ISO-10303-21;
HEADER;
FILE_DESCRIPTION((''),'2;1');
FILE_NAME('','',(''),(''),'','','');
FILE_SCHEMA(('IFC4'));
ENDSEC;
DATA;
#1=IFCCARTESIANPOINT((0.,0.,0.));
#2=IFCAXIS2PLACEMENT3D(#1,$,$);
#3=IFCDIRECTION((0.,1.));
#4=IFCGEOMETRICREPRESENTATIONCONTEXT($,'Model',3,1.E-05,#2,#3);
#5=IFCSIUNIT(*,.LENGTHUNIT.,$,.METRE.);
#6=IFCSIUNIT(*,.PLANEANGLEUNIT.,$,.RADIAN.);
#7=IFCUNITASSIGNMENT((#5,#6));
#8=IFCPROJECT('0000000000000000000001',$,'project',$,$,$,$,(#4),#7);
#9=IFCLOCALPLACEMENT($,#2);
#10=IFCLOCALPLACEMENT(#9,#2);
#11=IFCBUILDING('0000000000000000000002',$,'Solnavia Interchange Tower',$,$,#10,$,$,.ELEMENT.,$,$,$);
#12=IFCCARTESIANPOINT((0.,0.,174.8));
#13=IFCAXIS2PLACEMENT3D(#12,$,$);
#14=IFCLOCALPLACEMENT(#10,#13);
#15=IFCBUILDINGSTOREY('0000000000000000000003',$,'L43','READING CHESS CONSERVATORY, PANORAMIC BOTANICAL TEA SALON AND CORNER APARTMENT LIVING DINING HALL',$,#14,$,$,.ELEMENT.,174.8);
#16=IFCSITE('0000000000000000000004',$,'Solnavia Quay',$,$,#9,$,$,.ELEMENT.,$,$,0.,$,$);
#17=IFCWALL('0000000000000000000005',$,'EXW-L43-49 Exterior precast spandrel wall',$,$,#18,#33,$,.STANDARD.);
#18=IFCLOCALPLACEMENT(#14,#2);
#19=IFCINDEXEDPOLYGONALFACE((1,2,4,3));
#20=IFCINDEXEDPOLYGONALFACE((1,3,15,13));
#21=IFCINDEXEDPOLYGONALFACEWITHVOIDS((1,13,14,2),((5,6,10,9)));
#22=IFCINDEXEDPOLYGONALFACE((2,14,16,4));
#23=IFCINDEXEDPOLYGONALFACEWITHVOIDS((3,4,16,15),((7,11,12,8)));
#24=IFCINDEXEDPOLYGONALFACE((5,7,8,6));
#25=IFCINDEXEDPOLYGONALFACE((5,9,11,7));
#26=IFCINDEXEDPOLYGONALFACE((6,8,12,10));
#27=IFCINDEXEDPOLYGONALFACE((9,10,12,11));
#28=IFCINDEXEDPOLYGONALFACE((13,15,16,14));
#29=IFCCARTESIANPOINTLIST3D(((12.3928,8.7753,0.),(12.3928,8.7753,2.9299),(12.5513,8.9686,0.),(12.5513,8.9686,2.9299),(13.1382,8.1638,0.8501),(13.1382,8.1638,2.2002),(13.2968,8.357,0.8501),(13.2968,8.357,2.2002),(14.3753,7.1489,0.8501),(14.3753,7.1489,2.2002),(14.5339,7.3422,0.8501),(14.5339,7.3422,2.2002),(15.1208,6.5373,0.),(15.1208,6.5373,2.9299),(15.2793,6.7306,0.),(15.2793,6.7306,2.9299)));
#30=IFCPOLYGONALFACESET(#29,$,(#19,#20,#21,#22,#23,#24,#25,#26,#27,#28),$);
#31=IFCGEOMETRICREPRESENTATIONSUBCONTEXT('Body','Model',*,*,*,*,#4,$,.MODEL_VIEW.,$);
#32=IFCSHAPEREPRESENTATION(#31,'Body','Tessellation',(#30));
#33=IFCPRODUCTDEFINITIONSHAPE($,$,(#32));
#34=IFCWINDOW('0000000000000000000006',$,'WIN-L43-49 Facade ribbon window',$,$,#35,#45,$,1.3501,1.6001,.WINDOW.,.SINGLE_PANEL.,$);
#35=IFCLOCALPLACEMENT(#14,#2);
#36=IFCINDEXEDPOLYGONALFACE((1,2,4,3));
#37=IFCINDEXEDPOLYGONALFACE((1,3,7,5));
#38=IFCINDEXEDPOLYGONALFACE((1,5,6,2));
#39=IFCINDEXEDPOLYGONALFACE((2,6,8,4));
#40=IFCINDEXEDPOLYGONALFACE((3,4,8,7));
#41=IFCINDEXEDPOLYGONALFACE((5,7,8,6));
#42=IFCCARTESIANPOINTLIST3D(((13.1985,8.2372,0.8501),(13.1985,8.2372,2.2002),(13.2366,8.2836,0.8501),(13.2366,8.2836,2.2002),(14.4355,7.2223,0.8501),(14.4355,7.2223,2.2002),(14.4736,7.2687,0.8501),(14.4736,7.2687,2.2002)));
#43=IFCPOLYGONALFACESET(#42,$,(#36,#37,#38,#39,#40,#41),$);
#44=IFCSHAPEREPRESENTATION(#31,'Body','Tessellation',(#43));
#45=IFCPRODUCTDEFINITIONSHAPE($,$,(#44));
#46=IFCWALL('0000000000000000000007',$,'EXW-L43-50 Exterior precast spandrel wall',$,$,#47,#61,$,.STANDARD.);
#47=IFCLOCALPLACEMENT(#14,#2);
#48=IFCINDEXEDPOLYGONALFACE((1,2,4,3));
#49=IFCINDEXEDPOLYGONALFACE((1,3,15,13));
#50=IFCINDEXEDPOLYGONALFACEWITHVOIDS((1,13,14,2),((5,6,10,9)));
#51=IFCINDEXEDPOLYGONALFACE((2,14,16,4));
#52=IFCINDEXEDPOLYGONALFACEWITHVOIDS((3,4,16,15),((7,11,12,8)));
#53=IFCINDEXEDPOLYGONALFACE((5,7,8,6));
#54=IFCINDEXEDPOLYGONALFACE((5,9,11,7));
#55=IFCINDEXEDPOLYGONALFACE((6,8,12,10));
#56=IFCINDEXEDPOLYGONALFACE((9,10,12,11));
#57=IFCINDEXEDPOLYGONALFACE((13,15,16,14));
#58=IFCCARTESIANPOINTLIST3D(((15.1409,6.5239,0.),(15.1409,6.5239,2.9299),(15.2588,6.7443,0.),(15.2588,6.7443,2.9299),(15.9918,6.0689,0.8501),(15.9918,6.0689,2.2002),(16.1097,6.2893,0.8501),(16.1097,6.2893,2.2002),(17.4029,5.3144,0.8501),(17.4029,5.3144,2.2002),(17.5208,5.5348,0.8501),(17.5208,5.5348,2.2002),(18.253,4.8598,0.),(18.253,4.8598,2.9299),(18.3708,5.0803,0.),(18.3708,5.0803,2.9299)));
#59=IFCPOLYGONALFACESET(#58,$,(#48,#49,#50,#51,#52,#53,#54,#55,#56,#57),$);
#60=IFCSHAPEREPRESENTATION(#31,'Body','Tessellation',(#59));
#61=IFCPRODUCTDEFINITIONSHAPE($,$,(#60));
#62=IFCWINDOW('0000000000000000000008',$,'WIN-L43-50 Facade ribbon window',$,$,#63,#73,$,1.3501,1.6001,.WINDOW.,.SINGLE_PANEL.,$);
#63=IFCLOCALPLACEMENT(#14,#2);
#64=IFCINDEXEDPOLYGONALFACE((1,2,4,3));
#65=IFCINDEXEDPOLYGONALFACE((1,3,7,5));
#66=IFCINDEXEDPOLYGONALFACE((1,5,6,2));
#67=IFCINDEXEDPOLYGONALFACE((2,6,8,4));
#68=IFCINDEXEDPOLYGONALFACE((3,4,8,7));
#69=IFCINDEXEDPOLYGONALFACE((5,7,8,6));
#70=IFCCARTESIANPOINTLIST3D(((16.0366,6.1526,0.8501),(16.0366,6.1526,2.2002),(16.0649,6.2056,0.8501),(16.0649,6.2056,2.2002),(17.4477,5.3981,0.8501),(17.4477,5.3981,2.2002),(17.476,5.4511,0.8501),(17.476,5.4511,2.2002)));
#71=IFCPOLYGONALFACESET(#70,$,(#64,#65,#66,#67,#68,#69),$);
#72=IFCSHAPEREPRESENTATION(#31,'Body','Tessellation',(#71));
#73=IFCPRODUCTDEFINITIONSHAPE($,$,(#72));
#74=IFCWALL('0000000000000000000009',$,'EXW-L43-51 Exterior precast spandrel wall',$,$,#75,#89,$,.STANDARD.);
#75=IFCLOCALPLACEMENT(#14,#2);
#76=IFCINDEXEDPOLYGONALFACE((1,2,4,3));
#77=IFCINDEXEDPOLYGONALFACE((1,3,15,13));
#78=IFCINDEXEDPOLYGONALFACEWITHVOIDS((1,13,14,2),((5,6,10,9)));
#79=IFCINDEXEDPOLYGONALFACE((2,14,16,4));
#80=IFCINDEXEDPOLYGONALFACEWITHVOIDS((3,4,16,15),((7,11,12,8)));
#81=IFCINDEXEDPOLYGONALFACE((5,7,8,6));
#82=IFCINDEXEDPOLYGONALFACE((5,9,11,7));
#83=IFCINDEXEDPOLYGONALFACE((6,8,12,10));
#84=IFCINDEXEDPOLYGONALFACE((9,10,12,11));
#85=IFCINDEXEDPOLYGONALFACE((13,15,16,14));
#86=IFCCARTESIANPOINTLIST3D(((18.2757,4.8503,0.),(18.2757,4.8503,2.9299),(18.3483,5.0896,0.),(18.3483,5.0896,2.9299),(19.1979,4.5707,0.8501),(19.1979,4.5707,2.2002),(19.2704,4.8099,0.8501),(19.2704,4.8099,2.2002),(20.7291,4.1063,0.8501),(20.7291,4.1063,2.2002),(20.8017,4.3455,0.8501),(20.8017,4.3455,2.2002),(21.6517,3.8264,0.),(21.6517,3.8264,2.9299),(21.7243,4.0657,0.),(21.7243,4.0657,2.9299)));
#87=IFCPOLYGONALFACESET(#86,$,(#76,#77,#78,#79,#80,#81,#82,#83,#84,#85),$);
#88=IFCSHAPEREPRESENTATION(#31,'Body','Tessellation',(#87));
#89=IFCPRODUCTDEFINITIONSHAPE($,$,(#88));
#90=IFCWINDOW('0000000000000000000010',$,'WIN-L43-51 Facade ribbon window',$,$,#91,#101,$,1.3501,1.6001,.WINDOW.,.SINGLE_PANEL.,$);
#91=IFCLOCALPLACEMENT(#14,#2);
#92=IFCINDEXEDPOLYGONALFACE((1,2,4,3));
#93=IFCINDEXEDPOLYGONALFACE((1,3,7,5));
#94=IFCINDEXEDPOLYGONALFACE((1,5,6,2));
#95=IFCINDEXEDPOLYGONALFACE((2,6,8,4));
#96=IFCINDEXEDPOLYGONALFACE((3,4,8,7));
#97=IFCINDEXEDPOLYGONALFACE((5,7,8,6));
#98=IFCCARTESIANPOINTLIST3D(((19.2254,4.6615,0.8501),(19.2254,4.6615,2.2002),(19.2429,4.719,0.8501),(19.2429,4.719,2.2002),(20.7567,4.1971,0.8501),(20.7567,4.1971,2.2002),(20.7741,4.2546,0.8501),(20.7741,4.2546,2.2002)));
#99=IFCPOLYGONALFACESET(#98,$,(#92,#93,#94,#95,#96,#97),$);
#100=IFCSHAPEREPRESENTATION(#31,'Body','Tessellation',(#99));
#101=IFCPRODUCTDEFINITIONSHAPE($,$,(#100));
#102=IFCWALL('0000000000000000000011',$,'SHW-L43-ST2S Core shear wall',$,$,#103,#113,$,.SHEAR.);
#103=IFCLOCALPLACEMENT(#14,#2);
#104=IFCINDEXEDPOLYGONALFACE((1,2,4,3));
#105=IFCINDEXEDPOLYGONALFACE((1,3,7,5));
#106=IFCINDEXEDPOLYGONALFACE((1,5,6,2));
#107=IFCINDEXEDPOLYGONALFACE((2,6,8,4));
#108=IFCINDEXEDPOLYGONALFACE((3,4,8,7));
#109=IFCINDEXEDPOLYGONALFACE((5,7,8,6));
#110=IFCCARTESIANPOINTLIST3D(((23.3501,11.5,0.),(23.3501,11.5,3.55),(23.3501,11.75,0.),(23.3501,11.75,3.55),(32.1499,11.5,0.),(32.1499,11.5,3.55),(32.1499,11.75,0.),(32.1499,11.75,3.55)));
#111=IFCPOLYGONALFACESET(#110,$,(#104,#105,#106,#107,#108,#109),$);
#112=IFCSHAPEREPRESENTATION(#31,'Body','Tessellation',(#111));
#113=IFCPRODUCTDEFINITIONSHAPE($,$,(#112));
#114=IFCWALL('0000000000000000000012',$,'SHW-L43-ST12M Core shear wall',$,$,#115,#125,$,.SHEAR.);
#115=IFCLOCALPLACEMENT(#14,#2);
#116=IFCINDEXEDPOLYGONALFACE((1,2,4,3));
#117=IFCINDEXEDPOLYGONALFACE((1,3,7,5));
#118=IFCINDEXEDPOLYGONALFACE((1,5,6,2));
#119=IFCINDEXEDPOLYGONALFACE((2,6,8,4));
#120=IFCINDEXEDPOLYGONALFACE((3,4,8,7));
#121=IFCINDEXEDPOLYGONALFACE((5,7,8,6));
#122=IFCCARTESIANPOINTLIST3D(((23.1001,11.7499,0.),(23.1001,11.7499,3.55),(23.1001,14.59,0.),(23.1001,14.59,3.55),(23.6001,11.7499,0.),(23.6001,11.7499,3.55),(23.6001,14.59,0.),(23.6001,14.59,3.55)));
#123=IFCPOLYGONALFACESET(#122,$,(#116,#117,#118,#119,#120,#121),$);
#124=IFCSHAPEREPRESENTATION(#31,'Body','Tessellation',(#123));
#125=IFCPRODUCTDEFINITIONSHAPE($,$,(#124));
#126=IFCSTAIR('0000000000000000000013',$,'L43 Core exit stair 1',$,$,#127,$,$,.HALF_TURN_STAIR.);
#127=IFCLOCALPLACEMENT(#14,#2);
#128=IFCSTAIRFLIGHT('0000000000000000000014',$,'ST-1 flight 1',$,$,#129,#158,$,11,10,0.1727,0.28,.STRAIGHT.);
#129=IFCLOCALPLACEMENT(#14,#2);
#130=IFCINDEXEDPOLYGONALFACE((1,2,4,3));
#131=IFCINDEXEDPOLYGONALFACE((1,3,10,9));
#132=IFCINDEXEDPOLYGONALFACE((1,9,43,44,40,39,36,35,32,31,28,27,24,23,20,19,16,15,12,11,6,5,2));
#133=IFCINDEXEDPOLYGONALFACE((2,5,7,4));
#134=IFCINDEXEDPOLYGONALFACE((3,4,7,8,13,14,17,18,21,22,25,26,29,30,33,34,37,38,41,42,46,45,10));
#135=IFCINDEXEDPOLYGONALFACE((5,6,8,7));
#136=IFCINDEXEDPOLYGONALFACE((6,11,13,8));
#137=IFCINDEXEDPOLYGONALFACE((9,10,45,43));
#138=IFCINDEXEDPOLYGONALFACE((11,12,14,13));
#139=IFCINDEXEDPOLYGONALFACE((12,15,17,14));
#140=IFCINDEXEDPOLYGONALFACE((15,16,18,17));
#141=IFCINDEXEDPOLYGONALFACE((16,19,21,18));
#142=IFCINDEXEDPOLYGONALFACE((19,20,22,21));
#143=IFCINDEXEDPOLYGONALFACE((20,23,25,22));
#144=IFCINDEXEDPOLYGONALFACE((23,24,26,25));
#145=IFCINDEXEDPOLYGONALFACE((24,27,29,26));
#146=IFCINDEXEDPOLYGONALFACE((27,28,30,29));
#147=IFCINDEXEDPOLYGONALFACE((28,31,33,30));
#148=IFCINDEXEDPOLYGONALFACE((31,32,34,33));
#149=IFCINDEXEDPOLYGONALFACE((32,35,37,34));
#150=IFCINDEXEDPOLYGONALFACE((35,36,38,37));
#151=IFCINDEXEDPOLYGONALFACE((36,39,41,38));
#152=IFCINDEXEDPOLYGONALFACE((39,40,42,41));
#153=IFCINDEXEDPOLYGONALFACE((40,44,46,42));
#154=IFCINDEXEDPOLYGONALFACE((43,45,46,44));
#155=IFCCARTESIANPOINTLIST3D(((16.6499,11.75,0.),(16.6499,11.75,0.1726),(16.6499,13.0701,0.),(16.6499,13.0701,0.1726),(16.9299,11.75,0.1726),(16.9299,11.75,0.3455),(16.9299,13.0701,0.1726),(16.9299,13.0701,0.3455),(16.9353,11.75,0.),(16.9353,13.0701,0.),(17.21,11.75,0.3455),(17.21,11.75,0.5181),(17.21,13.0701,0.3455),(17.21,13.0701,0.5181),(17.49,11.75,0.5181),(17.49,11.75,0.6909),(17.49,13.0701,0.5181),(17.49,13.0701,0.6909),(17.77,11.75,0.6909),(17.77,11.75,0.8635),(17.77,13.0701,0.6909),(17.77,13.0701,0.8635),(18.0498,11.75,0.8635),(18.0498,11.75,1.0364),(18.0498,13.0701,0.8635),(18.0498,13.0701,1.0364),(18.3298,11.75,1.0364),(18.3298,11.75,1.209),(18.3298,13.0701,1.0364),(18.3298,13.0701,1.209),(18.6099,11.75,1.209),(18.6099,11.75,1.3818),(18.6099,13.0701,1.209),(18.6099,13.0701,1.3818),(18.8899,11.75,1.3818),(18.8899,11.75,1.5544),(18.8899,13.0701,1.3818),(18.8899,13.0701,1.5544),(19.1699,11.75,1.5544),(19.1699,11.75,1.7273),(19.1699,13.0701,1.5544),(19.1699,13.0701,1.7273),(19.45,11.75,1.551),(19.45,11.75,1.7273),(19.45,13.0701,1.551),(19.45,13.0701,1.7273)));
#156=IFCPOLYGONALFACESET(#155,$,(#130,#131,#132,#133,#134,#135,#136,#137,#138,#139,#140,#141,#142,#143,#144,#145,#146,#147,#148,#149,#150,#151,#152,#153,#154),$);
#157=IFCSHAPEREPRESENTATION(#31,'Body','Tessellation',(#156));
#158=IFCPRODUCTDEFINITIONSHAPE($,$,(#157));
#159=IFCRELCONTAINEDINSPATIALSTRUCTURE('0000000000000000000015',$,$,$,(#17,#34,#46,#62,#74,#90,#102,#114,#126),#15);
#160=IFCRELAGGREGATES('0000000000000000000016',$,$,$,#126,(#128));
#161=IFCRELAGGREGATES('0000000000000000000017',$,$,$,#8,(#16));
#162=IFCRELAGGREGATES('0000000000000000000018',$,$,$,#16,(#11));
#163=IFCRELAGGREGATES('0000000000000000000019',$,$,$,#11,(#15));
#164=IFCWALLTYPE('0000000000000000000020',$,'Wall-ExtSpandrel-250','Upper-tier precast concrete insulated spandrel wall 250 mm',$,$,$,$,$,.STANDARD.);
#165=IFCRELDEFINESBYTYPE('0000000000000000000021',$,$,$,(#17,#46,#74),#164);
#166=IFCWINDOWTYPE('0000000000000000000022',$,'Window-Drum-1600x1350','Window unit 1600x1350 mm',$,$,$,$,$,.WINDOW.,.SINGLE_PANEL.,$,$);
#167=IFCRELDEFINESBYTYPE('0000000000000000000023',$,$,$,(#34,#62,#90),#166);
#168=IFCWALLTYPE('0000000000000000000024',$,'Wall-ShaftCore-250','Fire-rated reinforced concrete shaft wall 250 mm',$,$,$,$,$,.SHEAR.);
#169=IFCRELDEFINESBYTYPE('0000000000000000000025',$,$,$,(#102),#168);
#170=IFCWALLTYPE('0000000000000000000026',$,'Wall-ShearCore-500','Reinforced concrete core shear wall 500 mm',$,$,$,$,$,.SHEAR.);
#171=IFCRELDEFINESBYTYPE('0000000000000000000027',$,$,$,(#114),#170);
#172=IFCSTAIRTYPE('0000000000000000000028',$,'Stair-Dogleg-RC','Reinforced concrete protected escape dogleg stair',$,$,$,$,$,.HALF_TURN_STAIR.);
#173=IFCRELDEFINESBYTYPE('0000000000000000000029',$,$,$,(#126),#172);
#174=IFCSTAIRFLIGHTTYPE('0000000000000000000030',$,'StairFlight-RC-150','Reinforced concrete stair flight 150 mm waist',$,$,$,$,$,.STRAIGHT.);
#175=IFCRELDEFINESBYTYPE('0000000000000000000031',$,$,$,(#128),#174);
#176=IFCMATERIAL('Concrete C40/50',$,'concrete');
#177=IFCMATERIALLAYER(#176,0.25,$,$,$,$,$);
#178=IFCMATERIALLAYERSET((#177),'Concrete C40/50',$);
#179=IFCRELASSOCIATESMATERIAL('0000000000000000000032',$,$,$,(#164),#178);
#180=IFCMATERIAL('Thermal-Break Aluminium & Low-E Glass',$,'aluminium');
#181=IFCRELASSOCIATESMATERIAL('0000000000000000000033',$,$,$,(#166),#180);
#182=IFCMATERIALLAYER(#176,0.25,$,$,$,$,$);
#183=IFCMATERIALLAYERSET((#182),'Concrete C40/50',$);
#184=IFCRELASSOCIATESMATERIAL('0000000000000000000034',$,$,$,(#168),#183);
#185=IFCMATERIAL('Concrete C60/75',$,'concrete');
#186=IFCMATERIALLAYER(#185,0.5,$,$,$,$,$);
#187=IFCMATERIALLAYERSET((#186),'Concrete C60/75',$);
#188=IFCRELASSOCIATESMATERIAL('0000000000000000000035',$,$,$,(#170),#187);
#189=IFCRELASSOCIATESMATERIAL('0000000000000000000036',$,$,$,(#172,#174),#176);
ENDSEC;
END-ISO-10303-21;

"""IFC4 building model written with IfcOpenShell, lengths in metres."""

from ifc_helpers import new_model, si_unit, direction, frame, frame_2d, origin, place, context, subcontext, project, spatial, polyline, rectangle, outline, extrude, material, layer, layer_set, type_object, element, fill, aggregate, save


model = new_model("IFC4")

# Units and contexts
model_context = context("Model", 3, precision=1e-05, world=origin(), true_north=direction((0.0, 1.0)))
body_context = subcontext(model_context, "Body", "Model", "MODEL_VIEW")
ifc_project = project(units=[si_unit("LENGTHUNIT", "METRE"), si_unit("PLANEANGLEUNIT", "RADIAN")], contexts=[model_context])

# Site, building, storey
site_placement = place(None, origin())
site = spatial("IfcSite", under=ifc_project, at=site_placement, Name="Solnavia Quay", CompositionType="ELEMENT", RefElevation=0.0)
building_placement = place(site_placement, origin())
building = spatial("IfcBuilding", under=site, at=building_placement, Name="Solnavia Interchange Tower", CompositionType="ELEMENT")
storey_placement = place(building_placement, frame((0.0, 0.0, 174.8)))
storey = spatial("IfcBuildingStorey", under=building, at=storey_placement, Name="L43", Description="READING CHESS CONSERVATORY, PANORAMIC BOTANICAL TEA SALON AND CORNER APARTMENT LIVING DINING HALL", CompositionType="ELEMENT", Elevation=174.8)

# Walls, openings, windows
ifc_material_1 = material(Name="Concrete C40/50", Category="concrete")
ifc_layer_1 = layer(ifc_material_1, 0.25)
ifc_layer_set_1 = layer_set([ifc_layer_1], Name="Concrete C40/50")
wall_type_1 = type_object("IfcWallType", Name="Wall-ExtSpandrel-250", Description="Upper-tier precast concrete insulated spandrel wall 250 mm", PredefinedType="STANDARD", material=ifc_layer_set_1)
wall_1_placement = place(storey_placement, frame((15.2, 6.634, 0.0), z_axis=(0.0, 0.0, 1.0), x_axis=(-0.773121, 0.634258, 0.0)))
wall_1 = element("IfcWall", 1, at=wall_1_placement, inside=storey, type_object=wall_type_1, Name="EXW-L43-49 Exterior precast spandrel wall", PredefinedType="STANDARD", context=body_context, shape_type="SweptSolid", body=[
    extrude(rectangle(XDim=3.5286, YDim=0.25, at=frame_2d((1.7642, 0.0))), origin(), (0.0, 0.0, 1.0), 2.9299),
])
opening_1_placement = place(wall_1_placement, frame((0.9641, 0.0, 0.8501)))
opening_1 = element("IfcOpeningElement", 2, at=opening_1_placement, cuts=wall_1, PredefinedType="OPENING", context=body_context, shape_type="SweptSolid", body=[
    extrude(rectangle(XDim=1.6001, YDim=1.3501, at=frame_2d((0.8, 0.675))), frame((0.0, 0.135, 0.0), z_axis=(0.0, -1.0, 0.0), x_axis=(1.0, 0.0, 0.0)), (0.0, 0.0, 1.0), 0.27),
])
ifc_material_2 = material(Name="Thermal-Break Aluminium & Low-E Glass", Category="aluminium")
window_type = type_object("IfcWindowType", Name="Window-Drum-1600x1350", Description="Window unit 1600x1350 mm", PartitioningType="SINGLE_PANEL", PredefinedType="WINDOW", material=ifc_material_2)
window_1_placement = place(opening_1_placement, origin())
window_1 = element("IfcWindow", 3, at=window_1_placement, inside=storey, type_object=window_type, Name="WIN-L43-49 Facade ribbon window", OverallHeight=1.3501, OverallWidth=1.6001, PartitioningType="SINGLE_PANEL", PredefinedType="WINDOW", context=body_context, shape_type="SweptSolid", body=[
    extrude(rectangle(XDim=1.6001, YDim=1.3501, at=frame_2d((0.8, 0.675))), frame((0.0, 0.03, 0.0), z_axis=(0.0, -1.0, 0.0), x_axis=(1.0, 0.0, 0.0)), (0.0, 0.0, 1.0), 0.0601),
])
fill(opening_1, window_1)
wall_2_placement = place(storey_placement, frame((18.312, 4.97, 0.0), z_axis=(0.0, 0.0, 1.0), x_axis=(-0.881847, 0.471536, 0.0)))
wall_2 = element("IfcWall", 4, at=wall_2_placement, inside=storey, type_object=wall_type_1, Name="EXW-L43-50 Exterior precast spandrel wall", PredefinedType="STANDARD", context=body_context, shape_type="SweptSolid", body=[
    extrude(rectangle(XDim=3.5291, YDim=0.25, at=frame_2d((1.7646, 0.0))), origin(), (0.0, 0.0, 1.0), 2.9299),
])
opening_2_placement = place(wall_2_placement, frame((0.9641, 0.0, 0.8501)))
opening_2 = element("IfcOpeningElement", 5, at=opening_2_placement, cuts=wall_2, PredefinedType="OPENING", context=body_context, shape_type="SweptSolid", body=[
    extrude(rectangle(XDim=1.6001, YDim=1.3501, at=frame_2d((0.8, 0.675))), frame((0.0, 0.135, 0.0), z_axis=(0.0, -1.0, 0.0), x_axis=(1.0, 0.0, 0.0)), (0.0, 0.0, 1.0), 0.27),
])
window_2_placement = place(opening_2_placement, origin())
window_2 = element("IfcWindow", 6, at=window_2_placement, inside=storey, type_object=window_type, Name="WIN-L43-50 Facade ribbon window", OverallHeight=1.3501, OverallWidth=1.6001, PartitioningType="SINGLE_PANEL", PredefinedType="WINDOW", context=body_context, shape_type="SweptSolid", body=[
    extrude(rectangle(XDim=1.6001, YDim=1.3501, at=frame_2d((0.8, 0.675))), frame((0.0, 0.03, 0.0), z_axis=(0.0, -1.0, 0.0), x_axis=(1.0, 0.0, 0.0)), (0.0, 0.0, 1.0), 0.0601),
])
fill(opening_2, window_2)
wall_3_placement = place(storey_placement, frame((21.688, 3.946, 0.0), z_axis=(0.0, 0.0, 1.0), x_axis=(-0.956953, 0.290242, 0.0)))
wall_3 = element("IfcWall", 7, at=wall_3_placement, inside=storey, type_object=wall_type_1, Name="EXW-L43-51 Exterior precast spandrel wall", PredefinedType="STANDARD", context=body_context, shape_type="SweptSolid", body=[
    extrude(rectangle(XDim=3.5278, YDim=0.25, at=frame_2d((1.7639, 0.0))), origin(), (0.0, 0.0, 1.0), 2.9299),
])
opening_3_placement = place(wall_3_placement, frame((0.9641, 0.0, 0.8501)))
opening_3 = element("IfcOpeningElement", 8, at=opening_3_placement, cuts=wall_3, PredefinedType="OPENING", context=body_context, shape_type="SweptSolid", body=[
    extrude(rectangle(XDim=1.6001, YDim=1.3501, at=frame_2d((0.8, 0.675))), frame((0.0, 0.135, 0.0), z_axis=(0.0, -1.0, 0.0), x_axis=(1.0, 0.0, 0.0)), (0.0, 0.0, 1.0), 0.27),
])
window_3_placement = place(opening_3_placement, origin())
window_3 = element("IfcWindow", 9, at=window_3_placement, inside=storey, type_object=window_type, Name="WIN-L43-51 Facade ribbon window", OverallHeight=1.3501, OverallWidth=1.6001, PartitioningType="SINGLE_PANEL", PredefinedType="WINDOW", context=body_context, shape_type="SweptSolid", body=[
    extrude(rectangle(XDim=1.6001, YDim=1.3501, at=frame_2d((0.8, 0.675))), frame((0.0, 0.03, 0.0), z_axis=(0.0, -1.0, 0.0), x_axis=(1.0, 0.0, 0.0)), (0.0, 0.0, 1.0), 0.0601),
])
fill(opening_3, window_3)

# Walls
ifc_layer_2 = layer(ifc_material_1, 0.25)
ifc_layer_set_2 = layer_set([ifc_layer_2], Name="Concrete C40/50")
wall_type_2 = type_object("IfcWallType", Name="Wall-ShaftCore-250", Description="Fire-rated reinforced concrete shaft wall 250 mm", PredefinedType="SHEAR", material=ifc_layer_set_2)
wall_4_placement = place(storey_placement, frame((23.3501, 11.625, 0.0), z_axis=(0.0, 0.0, 1.0), x_axis=(1.0, 0.0, 0.0)))
element("IfcWall", 10, at=wall_4_placement, inside=storey, type_object=wall_type_2, Name="SHW-L43-ST2S Core shear wall", PredefinedType="SHEAR", context=body_context, shape_type="SweptSolid", body=[
    extrude(rectangle(XDim=8.7998, YDim=0.25, at=frame_2d((4.3999, 0.0))), origin(), (0.0, 0.0, 1.0), 3.55),
])
ifc_material_3 = material(Name="Concrete C60/75", Category="concrete")
ifc_layer_3 = layer(ifc_material_3, 0.5)
ifc_layer_set_3 = layer_set([ifc_layer_3], Name="Concrete C60/75")
wall_type_3 = type_object("IfcWallType", Name="Wall-ShearCore-500", Description="Reinforced concrete core shear wall 500 mm", PredefinedType="SHEAR", material=ifc_layer_set_3)
wall_5_placement = place(storey_placement, frame((23.3501, 11.75, 0.0), z_axis=(0.0, 0.0, 1.0), x_axis=(0.0, 1.0, 0.0)))
element("IfcWall", 11, at=wall_5_placement, inside=storey, type_object=wall_type_3, Name="SHW-L43-ST12M Core shear wall", PredefinedType="SHEAR", context=body_context, shape_type="SweptSolid", body=[
    extrude(rectangle(XDim=2.8401, YDim=0.5, at=frame_2d((1.4199, 0.0))), origin(), (0.0, 0.0, 1.0), 3.55),
])

# Stair, stair flight
stair_type = type_object("IfcStairType", Name="Stair-Dogleg-RC", Description="Reinforced concrete protected escape dogleg stair", PredefinedType="HALF_TURN_STAIR", material=ifc_material_1)
stair_placement = place(storey_placement, origin())
stair = element("IfcStair", 12, at=stair_placement, inside=storey, type_object=stair_type, Name="L43 Core exit stair 1", PredefinedType="HALF_TURN_STAIR")
stair_flight_type = type_object("IfcStairFlightType", Name="StairFlight-RC-150", Description="Reinforced concrete stair flight 150 mm waist", PredefinedType="STRAIGHT", material=ifc_material_1)
stair_flight_placement = place(storey_placement, frame((16.6499, 12.4099, 0.0), z_axis=(0.0, 0.0, 1.0), x_axis=(1.0, 0.0, 0.0)))
stair_flight = element("IfcStairFlight", 13, at=stair_flight_placement, type_object=stair_flight_type, Name="ST-1 flight 1", NumberOfRisers=11, NumberOfTreads=10, PredefinedType="STRAIGHT", RiserHeight=0.1727, TreadLength=0.28, context=body_context, shape_type="SweptSolid", body=[
    extrude(outline(polyline([(0.0, 0.0), (0.0, 0.1726), (0.28, 0.1726), (0.28, 0.3455), (0.5601, 0.3455), (0.5601, 0.5181), (0.8401, 0.5181), (0.8401, 0.6909), (1.1201, 0.6909), (1.1201, 0.8635), (1.3999, 0.8635), (1.3999, 1.0364), (1.6799, 1.0364), (1.6799, 1.209), (1.96, 1.209), (1.96, 1.3818), (2.24, 1.3818), (2.24, 1.5544), (2.52, 1.5544), (2.52, 1.7273), (2.8, 1.7273), (2.8, 1.8999), (2.8, 1.551), (0.2854, 0.0), (0.0, 0.0)])), frame((0.0, 0.6602, 0.0), z_axis=(0.0, -1.0, 0.0), x_axis=(1.0, 0.0, 0.0)), (0.0, 0.0, 1.0), 1.3201),
])
aggregate(stair, [stair_flight])

save(model, "model.ifc")
